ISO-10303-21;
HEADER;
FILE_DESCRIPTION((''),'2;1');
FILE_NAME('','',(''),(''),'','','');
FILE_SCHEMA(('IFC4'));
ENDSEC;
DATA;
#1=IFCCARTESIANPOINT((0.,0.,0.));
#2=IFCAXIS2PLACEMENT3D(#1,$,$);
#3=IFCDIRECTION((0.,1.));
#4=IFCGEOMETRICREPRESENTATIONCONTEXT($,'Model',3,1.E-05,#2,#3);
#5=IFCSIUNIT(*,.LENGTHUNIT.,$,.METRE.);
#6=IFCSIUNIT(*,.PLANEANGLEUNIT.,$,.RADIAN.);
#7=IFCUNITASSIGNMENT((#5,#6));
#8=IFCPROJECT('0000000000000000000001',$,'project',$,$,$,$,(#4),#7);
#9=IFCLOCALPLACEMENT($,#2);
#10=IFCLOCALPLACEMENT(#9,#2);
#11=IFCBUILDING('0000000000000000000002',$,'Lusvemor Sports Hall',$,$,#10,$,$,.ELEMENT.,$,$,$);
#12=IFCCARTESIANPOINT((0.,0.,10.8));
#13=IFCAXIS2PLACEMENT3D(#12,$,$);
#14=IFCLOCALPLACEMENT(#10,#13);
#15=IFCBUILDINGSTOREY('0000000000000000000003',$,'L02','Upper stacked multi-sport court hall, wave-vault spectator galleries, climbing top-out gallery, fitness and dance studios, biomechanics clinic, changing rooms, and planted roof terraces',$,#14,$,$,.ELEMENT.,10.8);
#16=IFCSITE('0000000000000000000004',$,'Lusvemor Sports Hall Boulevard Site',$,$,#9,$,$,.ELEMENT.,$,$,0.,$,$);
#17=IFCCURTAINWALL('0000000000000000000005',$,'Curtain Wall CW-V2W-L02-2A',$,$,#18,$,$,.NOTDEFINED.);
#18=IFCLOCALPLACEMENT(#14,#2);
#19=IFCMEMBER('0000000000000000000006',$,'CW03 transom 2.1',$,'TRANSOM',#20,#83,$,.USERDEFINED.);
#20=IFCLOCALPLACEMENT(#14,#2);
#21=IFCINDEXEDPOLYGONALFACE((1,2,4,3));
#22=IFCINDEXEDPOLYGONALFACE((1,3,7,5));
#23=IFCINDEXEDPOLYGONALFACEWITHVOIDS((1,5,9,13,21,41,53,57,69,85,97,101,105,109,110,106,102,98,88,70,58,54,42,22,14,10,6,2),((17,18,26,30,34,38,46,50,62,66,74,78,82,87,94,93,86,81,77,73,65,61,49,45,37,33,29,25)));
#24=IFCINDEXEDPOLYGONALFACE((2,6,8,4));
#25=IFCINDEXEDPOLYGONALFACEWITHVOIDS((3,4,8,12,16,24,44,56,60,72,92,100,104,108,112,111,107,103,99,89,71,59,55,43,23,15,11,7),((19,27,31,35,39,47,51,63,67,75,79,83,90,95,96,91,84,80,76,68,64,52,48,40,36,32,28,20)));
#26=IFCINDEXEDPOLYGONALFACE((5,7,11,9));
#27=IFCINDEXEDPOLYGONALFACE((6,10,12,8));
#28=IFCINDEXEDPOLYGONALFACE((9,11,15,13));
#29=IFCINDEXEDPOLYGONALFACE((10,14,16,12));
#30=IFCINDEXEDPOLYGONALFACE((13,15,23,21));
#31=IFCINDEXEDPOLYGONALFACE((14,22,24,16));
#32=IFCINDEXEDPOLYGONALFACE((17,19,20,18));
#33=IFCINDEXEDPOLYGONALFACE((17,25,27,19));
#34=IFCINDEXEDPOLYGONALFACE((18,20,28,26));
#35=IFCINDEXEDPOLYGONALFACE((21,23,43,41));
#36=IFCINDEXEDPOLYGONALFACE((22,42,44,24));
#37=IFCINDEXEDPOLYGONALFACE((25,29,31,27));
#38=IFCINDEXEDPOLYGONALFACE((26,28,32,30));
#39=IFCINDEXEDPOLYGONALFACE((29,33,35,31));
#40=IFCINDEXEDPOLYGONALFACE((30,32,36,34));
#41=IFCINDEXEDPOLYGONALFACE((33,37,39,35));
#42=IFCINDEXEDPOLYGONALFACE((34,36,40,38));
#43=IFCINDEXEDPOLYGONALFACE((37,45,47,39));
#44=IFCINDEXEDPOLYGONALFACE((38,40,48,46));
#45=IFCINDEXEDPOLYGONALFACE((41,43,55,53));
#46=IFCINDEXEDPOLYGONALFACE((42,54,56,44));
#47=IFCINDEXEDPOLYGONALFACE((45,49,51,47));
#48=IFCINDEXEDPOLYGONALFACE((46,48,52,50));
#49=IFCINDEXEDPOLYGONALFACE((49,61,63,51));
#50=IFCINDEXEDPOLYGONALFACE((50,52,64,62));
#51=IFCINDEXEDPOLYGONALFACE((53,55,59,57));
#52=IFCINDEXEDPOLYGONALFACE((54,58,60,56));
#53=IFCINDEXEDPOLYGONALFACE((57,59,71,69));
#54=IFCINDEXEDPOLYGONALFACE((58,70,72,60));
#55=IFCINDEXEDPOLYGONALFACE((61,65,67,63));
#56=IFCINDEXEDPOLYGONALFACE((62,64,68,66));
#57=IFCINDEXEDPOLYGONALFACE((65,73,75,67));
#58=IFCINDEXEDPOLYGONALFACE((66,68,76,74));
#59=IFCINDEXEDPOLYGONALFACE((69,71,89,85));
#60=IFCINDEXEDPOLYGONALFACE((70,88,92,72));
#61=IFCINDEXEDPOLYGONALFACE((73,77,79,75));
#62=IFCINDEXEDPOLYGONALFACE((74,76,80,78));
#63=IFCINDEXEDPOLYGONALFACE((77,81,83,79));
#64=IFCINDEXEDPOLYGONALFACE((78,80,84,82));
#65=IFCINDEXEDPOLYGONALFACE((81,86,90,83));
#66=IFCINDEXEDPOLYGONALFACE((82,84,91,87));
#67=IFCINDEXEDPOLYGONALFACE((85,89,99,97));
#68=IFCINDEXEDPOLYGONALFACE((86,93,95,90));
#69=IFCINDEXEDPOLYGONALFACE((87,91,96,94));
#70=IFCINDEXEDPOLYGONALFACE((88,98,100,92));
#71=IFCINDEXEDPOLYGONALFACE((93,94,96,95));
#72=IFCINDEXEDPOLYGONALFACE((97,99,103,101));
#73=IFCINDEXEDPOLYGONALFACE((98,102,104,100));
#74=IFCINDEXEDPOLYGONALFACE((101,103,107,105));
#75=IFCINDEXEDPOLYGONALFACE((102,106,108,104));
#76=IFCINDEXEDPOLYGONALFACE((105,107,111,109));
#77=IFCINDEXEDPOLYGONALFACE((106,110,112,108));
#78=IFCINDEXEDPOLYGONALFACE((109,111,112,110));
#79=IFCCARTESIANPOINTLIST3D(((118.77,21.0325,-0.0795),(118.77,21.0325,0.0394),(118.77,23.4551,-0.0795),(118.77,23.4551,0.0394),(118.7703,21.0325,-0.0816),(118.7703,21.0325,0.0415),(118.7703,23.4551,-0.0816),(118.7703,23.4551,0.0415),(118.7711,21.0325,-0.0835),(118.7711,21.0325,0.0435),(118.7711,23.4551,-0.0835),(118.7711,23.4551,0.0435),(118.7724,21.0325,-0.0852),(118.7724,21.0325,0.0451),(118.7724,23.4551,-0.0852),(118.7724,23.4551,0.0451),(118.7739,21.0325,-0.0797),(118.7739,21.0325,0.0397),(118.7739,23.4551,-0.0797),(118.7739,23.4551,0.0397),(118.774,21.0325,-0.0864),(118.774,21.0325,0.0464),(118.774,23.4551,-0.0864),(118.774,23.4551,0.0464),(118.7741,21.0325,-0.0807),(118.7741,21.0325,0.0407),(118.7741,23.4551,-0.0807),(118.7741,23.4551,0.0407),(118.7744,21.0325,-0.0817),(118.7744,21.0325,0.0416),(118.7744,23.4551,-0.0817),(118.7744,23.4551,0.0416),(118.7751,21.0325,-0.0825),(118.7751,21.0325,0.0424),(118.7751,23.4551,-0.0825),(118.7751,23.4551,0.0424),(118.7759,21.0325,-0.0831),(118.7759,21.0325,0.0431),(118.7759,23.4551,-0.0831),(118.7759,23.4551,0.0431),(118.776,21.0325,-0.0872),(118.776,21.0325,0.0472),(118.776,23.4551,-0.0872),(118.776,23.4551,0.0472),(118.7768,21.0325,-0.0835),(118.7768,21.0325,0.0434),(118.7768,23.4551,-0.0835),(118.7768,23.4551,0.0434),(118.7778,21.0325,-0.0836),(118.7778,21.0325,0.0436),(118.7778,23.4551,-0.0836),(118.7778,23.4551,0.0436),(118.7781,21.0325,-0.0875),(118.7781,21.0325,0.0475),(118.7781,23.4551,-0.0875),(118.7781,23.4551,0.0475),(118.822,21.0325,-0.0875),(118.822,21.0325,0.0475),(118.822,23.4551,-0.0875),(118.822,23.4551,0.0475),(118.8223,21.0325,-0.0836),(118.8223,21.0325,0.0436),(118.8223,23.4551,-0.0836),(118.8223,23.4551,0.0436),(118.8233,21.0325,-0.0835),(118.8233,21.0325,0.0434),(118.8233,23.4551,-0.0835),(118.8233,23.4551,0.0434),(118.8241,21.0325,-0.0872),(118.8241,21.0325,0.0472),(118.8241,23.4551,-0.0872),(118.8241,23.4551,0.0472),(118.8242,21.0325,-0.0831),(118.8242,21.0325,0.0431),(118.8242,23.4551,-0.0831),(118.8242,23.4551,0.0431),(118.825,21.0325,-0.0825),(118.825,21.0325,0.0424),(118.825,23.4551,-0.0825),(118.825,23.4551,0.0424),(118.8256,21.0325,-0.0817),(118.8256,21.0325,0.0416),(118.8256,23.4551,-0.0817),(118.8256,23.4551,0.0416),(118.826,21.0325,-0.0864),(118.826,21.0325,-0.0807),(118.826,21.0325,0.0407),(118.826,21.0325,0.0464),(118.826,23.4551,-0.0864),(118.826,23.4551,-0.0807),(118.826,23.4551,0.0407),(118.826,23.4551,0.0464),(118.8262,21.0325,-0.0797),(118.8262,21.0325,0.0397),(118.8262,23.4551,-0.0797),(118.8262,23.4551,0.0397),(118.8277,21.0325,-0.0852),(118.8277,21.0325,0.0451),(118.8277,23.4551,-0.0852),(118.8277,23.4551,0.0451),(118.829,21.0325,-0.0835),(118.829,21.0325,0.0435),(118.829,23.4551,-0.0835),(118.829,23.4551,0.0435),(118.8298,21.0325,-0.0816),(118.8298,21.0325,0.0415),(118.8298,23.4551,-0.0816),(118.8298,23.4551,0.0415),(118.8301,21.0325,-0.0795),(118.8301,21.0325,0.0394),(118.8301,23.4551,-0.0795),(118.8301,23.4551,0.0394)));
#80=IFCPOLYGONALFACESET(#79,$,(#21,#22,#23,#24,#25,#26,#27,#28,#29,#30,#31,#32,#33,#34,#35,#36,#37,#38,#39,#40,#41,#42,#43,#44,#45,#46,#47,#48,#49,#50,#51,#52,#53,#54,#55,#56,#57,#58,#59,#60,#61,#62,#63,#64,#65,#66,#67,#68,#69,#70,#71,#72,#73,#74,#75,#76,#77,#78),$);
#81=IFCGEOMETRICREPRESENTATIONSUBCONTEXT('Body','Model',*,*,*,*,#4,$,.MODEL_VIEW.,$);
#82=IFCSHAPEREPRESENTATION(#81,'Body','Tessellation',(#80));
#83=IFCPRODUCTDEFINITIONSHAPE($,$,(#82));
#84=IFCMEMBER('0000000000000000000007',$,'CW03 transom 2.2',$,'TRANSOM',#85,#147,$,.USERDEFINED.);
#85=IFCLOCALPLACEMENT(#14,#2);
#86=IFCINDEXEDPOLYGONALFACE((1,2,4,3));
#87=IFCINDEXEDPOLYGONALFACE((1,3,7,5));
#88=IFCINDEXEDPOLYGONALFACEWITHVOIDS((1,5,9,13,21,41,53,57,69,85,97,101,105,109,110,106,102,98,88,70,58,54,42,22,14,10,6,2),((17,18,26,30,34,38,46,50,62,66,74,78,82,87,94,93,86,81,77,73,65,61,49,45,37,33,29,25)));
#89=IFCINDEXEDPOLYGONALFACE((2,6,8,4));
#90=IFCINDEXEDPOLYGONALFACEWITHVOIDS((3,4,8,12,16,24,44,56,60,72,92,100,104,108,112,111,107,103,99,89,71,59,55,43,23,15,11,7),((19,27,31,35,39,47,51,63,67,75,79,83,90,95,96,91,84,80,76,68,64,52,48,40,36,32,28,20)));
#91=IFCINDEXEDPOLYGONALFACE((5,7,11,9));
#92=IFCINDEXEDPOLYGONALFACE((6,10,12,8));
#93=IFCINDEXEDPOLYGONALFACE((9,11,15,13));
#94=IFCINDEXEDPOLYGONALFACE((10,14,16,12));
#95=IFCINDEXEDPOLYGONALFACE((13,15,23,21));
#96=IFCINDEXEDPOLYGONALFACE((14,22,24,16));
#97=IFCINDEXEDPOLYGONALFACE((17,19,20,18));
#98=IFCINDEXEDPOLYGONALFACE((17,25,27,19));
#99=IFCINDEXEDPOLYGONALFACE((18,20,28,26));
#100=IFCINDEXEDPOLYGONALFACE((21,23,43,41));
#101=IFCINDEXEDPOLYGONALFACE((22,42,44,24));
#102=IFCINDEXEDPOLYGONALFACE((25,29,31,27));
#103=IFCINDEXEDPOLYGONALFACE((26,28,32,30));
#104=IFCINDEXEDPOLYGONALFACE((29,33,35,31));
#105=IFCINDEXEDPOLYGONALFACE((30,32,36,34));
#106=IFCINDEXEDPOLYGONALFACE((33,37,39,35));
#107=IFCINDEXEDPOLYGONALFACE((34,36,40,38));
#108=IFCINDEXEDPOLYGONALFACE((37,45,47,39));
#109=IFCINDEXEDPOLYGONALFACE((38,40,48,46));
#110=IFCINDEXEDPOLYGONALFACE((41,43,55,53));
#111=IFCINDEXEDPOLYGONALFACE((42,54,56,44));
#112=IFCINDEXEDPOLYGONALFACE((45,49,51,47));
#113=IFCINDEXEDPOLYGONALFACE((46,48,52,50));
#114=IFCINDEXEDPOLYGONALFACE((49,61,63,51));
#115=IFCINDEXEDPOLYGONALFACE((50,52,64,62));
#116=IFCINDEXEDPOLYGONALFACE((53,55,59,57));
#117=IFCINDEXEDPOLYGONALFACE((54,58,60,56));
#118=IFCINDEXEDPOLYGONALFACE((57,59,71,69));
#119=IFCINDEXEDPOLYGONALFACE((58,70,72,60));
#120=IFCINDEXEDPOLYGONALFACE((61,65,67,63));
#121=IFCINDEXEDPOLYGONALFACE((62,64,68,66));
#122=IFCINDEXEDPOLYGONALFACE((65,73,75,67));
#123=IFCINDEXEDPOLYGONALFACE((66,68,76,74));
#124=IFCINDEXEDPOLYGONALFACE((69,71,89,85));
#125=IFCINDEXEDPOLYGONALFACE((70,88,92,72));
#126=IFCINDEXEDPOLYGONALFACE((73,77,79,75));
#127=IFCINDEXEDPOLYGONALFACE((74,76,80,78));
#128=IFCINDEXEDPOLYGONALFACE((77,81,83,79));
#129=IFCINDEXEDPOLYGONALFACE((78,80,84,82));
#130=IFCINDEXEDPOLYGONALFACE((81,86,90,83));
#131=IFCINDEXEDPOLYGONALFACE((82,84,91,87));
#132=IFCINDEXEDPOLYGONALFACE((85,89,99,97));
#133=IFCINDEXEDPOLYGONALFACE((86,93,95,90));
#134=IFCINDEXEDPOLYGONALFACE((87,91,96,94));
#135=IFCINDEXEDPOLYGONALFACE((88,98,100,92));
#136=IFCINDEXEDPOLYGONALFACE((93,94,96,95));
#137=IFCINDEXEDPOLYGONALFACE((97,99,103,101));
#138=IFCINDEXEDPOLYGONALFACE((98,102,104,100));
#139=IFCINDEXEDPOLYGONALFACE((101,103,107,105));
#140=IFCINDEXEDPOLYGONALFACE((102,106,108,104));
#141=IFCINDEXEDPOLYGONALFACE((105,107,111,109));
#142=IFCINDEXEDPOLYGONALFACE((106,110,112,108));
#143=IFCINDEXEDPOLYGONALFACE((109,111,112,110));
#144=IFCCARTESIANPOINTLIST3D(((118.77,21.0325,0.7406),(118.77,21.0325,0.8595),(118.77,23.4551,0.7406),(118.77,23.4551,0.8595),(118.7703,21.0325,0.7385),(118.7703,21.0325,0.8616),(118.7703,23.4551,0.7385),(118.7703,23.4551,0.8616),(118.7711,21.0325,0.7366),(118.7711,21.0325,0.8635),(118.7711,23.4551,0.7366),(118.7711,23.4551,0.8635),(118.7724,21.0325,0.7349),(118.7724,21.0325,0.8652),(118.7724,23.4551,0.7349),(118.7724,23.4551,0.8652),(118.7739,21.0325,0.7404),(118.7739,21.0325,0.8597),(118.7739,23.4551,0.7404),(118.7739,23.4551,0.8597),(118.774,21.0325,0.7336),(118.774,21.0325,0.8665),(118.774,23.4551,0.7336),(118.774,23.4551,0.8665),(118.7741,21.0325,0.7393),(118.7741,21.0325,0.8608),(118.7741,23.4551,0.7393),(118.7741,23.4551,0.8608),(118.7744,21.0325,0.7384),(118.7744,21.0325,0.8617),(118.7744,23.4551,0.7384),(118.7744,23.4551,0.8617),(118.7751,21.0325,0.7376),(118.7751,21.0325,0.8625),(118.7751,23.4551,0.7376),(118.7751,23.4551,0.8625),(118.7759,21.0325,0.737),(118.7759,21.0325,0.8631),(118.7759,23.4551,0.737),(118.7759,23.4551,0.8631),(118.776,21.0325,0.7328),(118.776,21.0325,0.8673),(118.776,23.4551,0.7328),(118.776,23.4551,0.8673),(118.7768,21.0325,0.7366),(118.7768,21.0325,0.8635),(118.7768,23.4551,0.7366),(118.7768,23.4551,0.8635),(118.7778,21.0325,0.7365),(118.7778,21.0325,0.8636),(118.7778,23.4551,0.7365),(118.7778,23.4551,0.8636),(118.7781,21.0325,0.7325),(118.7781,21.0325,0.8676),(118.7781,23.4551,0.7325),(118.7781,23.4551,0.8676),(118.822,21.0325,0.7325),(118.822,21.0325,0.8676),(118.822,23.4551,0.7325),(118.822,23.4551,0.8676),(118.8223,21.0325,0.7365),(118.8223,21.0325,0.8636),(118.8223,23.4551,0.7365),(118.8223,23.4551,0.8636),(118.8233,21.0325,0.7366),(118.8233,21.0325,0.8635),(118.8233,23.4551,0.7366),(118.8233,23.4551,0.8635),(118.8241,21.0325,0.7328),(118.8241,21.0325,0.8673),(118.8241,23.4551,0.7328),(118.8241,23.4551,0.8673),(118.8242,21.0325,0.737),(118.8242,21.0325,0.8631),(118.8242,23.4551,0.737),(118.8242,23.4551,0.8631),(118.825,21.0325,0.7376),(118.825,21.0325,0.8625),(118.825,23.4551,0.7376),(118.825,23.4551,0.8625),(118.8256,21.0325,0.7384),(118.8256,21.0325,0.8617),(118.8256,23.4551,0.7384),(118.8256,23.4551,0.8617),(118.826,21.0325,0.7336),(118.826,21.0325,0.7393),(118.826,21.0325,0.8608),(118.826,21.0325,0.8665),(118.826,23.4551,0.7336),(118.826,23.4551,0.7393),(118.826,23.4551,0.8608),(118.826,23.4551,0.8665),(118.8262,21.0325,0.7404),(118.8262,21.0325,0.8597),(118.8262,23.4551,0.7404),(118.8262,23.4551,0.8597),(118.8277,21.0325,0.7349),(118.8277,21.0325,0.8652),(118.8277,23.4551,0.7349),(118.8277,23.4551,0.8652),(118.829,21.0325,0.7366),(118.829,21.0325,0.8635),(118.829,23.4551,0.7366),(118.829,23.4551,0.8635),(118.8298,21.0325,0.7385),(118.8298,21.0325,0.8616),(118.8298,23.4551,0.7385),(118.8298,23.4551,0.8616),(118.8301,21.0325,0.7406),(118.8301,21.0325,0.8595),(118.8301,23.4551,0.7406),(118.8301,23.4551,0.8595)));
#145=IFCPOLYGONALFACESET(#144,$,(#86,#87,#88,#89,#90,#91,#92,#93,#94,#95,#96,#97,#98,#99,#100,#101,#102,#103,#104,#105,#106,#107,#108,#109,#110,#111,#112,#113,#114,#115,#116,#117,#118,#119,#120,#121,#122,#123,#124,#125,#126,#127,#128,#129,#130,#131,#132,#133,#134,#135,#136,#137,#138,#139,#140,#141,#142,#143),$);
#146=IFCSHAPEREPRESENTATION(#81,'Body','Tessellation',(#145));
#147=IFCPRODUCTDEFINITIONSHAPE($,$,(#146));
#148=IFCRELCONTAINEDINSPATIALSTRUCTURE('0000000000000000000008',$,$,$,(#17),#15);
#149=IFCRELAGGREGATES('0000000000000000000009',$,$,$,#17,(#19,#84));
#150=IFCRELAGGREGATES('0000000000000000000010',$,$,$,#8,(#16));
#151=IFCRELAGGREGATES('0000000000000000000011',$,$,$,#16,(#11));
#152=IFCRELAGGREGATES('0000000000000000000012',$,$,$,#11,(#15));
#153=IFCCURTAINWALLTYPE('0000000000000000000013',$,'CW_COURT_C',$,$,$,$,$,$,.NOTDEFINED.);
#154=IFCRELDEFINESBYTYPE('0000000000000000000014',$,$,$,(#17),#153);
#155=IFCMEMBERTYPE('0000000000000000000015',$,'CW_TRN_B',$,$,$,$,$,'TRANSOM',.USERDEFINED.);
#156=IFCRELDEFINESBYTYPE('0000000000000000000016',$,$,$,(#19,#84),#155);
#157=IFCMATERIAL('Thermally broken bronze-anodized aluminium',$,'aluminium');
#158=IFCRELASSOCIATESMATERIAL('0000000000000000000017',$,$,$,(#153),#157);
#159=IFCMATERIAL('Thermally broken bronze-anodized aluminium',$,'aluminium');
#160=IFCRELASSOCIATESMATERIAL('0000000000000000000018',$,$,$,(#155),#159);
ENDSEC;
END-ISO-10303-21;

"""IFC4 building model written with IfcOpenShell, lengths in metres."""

from ifc_helpers import new_model, si_unit, direction, frame, origin, origin_2d, place, context, subcontext, project, spatial, hollow_rectangle, extrude, material, material_profile, profile_set, type_object, element, aggregate, save


model = new_model("IFC4")

# Units and contexts
model_context = context("Model", 3, precision=1e-05, world=origin(), true_north=direction((0.0, 1.0)))
body_context = subcontext(model_context, "Body", "Model", "MODEL_VIEW")
ifc_project = project(units=[si_unit("LENGTHUNIT", "METRE"), si_unit("PLANEANGLEUNIT", "RADIAN")], contexts=[model_context])

# Site, building, storey
site_placement = place(None, origin())
site = spatial("IfcSite", under=ifc_project, at=site_placement, Name="Lusvemor Sports Hall Boulevard Site", CompositionType="ELEMENT", RefElevation=0.0)
building_placement = place(site_placement, origin())
building = spatial("IfcBuilding", under=site, at=building_placement, Name="Lusvemor Sports Hall", CompositionType="ELEMENT")
storey_placement = place(building_placement, frame((0.0, 0.0, 10.8)))
storey = spatial("IfcBuildingStorey", under=building, at=storey_placement, Name="L02", Description="Upper stacked multi-sport court hall, wave-vault spectator galleries, climbing top-out gallery, fitness and dance studios, biomechanics clinic, changing rooms, and planted roof terraces", CompositionType="ELEMENT", Elevation=10.8)

# Curtain wall
ifc_material_1 = material(Name="Thermally broken bronze-anodized aluminium", Category="aluminium")
curtain_wall_type = type_object("IfcCurtainWallType", Name="CW_COURT_C", PredefinedType="NOTDEFINED", material=ifc_material_1)
curtain_wall_1_placement = place(storey_placement, origin())
curtain_wall_1 = element("IfcCurtainWall", 1, at=curtain_wall_1_placement, inside=storey, type_object=curtain_wall_type, Name="Curtain Wall CW-V2W-L02-2A", PredefinedType="NOTDEFINED")

# Members
ifc_material_2 = material(Name="Thermally broken bronze-anodized aluminium", Category="aluminium")
ifc_material_profile_1 = material_profile(ifc_material_2, hollow_rectangle(XDim=0.0601, YDim=0.135, WallThickness=0.0039, InnerFilletRadius=0.0039, OuterFilletRadius=0.0081, at=origin_2d()), Name="CWTRN135x60x4")
ifc_profile_set_1 = profile_set([ifc_material_profile_1], Name="Thermally broken bronze-anodized aluminium")
member_type_1 = type_object("IfcMemberType", Name="CW_TRN_B", ElementType="TRANSOM", PredefinedType="USERDEFINED", material=ifc_profile_set_1)
member_1_placement = place(storey_placement, frame((118.8, 21.0325, -0.02), z_axis=(0.0, 1.0, 0.0), x_axis=(-1.0, 0.0, 0.0)))
member_1 = element("IfcMember", 2, at=member_1_placement, type_object=member_type_1, Name="CW03 transom 2.1", ObjectType="TRANSOM", PredefinedType="USERDEFINED", context=body_context, shape_type="SweptSolid", body=[
    extrude(hollow_rectangle(XDim=0.0601, YDim=0.135, WallThickness=0.0039, InnerFilletRadius=0.0039, OuterFilletRadius=0.0081, at=origin_2d()), origin(), (0.0, 0.0, 1.0), 2.4226),
])
member_2_placement = place(storey_placement, frame((118.8, 21.0325, 0.8), z_axis=(0.0, 1.0, 0.0), x_axis=(-1.0, 0.0, 0.0)))
member_2 = element("IfcMember", 3, at=member_2_placement, type_object=member_type_1, Name="CW03 transom 2.2", ObjectType="TRANSOM", PredefinedType="USERDEFINED", context=body_context, shape_type="SweptSolid", body=[
    extrude(hollow_rectangle(XDim=0.0601, YDim=0.135, WallThickness=0.0039, InnerFilletRadius=0.0039, OuterFilletRadius=0.0081, at=origin_2d()), origin(), (0.0, 0.0, 1.0), 2.4226),
])

aggregate(curtain_wall_1, [member_1, member_2])

save(model, "model.ifc")
